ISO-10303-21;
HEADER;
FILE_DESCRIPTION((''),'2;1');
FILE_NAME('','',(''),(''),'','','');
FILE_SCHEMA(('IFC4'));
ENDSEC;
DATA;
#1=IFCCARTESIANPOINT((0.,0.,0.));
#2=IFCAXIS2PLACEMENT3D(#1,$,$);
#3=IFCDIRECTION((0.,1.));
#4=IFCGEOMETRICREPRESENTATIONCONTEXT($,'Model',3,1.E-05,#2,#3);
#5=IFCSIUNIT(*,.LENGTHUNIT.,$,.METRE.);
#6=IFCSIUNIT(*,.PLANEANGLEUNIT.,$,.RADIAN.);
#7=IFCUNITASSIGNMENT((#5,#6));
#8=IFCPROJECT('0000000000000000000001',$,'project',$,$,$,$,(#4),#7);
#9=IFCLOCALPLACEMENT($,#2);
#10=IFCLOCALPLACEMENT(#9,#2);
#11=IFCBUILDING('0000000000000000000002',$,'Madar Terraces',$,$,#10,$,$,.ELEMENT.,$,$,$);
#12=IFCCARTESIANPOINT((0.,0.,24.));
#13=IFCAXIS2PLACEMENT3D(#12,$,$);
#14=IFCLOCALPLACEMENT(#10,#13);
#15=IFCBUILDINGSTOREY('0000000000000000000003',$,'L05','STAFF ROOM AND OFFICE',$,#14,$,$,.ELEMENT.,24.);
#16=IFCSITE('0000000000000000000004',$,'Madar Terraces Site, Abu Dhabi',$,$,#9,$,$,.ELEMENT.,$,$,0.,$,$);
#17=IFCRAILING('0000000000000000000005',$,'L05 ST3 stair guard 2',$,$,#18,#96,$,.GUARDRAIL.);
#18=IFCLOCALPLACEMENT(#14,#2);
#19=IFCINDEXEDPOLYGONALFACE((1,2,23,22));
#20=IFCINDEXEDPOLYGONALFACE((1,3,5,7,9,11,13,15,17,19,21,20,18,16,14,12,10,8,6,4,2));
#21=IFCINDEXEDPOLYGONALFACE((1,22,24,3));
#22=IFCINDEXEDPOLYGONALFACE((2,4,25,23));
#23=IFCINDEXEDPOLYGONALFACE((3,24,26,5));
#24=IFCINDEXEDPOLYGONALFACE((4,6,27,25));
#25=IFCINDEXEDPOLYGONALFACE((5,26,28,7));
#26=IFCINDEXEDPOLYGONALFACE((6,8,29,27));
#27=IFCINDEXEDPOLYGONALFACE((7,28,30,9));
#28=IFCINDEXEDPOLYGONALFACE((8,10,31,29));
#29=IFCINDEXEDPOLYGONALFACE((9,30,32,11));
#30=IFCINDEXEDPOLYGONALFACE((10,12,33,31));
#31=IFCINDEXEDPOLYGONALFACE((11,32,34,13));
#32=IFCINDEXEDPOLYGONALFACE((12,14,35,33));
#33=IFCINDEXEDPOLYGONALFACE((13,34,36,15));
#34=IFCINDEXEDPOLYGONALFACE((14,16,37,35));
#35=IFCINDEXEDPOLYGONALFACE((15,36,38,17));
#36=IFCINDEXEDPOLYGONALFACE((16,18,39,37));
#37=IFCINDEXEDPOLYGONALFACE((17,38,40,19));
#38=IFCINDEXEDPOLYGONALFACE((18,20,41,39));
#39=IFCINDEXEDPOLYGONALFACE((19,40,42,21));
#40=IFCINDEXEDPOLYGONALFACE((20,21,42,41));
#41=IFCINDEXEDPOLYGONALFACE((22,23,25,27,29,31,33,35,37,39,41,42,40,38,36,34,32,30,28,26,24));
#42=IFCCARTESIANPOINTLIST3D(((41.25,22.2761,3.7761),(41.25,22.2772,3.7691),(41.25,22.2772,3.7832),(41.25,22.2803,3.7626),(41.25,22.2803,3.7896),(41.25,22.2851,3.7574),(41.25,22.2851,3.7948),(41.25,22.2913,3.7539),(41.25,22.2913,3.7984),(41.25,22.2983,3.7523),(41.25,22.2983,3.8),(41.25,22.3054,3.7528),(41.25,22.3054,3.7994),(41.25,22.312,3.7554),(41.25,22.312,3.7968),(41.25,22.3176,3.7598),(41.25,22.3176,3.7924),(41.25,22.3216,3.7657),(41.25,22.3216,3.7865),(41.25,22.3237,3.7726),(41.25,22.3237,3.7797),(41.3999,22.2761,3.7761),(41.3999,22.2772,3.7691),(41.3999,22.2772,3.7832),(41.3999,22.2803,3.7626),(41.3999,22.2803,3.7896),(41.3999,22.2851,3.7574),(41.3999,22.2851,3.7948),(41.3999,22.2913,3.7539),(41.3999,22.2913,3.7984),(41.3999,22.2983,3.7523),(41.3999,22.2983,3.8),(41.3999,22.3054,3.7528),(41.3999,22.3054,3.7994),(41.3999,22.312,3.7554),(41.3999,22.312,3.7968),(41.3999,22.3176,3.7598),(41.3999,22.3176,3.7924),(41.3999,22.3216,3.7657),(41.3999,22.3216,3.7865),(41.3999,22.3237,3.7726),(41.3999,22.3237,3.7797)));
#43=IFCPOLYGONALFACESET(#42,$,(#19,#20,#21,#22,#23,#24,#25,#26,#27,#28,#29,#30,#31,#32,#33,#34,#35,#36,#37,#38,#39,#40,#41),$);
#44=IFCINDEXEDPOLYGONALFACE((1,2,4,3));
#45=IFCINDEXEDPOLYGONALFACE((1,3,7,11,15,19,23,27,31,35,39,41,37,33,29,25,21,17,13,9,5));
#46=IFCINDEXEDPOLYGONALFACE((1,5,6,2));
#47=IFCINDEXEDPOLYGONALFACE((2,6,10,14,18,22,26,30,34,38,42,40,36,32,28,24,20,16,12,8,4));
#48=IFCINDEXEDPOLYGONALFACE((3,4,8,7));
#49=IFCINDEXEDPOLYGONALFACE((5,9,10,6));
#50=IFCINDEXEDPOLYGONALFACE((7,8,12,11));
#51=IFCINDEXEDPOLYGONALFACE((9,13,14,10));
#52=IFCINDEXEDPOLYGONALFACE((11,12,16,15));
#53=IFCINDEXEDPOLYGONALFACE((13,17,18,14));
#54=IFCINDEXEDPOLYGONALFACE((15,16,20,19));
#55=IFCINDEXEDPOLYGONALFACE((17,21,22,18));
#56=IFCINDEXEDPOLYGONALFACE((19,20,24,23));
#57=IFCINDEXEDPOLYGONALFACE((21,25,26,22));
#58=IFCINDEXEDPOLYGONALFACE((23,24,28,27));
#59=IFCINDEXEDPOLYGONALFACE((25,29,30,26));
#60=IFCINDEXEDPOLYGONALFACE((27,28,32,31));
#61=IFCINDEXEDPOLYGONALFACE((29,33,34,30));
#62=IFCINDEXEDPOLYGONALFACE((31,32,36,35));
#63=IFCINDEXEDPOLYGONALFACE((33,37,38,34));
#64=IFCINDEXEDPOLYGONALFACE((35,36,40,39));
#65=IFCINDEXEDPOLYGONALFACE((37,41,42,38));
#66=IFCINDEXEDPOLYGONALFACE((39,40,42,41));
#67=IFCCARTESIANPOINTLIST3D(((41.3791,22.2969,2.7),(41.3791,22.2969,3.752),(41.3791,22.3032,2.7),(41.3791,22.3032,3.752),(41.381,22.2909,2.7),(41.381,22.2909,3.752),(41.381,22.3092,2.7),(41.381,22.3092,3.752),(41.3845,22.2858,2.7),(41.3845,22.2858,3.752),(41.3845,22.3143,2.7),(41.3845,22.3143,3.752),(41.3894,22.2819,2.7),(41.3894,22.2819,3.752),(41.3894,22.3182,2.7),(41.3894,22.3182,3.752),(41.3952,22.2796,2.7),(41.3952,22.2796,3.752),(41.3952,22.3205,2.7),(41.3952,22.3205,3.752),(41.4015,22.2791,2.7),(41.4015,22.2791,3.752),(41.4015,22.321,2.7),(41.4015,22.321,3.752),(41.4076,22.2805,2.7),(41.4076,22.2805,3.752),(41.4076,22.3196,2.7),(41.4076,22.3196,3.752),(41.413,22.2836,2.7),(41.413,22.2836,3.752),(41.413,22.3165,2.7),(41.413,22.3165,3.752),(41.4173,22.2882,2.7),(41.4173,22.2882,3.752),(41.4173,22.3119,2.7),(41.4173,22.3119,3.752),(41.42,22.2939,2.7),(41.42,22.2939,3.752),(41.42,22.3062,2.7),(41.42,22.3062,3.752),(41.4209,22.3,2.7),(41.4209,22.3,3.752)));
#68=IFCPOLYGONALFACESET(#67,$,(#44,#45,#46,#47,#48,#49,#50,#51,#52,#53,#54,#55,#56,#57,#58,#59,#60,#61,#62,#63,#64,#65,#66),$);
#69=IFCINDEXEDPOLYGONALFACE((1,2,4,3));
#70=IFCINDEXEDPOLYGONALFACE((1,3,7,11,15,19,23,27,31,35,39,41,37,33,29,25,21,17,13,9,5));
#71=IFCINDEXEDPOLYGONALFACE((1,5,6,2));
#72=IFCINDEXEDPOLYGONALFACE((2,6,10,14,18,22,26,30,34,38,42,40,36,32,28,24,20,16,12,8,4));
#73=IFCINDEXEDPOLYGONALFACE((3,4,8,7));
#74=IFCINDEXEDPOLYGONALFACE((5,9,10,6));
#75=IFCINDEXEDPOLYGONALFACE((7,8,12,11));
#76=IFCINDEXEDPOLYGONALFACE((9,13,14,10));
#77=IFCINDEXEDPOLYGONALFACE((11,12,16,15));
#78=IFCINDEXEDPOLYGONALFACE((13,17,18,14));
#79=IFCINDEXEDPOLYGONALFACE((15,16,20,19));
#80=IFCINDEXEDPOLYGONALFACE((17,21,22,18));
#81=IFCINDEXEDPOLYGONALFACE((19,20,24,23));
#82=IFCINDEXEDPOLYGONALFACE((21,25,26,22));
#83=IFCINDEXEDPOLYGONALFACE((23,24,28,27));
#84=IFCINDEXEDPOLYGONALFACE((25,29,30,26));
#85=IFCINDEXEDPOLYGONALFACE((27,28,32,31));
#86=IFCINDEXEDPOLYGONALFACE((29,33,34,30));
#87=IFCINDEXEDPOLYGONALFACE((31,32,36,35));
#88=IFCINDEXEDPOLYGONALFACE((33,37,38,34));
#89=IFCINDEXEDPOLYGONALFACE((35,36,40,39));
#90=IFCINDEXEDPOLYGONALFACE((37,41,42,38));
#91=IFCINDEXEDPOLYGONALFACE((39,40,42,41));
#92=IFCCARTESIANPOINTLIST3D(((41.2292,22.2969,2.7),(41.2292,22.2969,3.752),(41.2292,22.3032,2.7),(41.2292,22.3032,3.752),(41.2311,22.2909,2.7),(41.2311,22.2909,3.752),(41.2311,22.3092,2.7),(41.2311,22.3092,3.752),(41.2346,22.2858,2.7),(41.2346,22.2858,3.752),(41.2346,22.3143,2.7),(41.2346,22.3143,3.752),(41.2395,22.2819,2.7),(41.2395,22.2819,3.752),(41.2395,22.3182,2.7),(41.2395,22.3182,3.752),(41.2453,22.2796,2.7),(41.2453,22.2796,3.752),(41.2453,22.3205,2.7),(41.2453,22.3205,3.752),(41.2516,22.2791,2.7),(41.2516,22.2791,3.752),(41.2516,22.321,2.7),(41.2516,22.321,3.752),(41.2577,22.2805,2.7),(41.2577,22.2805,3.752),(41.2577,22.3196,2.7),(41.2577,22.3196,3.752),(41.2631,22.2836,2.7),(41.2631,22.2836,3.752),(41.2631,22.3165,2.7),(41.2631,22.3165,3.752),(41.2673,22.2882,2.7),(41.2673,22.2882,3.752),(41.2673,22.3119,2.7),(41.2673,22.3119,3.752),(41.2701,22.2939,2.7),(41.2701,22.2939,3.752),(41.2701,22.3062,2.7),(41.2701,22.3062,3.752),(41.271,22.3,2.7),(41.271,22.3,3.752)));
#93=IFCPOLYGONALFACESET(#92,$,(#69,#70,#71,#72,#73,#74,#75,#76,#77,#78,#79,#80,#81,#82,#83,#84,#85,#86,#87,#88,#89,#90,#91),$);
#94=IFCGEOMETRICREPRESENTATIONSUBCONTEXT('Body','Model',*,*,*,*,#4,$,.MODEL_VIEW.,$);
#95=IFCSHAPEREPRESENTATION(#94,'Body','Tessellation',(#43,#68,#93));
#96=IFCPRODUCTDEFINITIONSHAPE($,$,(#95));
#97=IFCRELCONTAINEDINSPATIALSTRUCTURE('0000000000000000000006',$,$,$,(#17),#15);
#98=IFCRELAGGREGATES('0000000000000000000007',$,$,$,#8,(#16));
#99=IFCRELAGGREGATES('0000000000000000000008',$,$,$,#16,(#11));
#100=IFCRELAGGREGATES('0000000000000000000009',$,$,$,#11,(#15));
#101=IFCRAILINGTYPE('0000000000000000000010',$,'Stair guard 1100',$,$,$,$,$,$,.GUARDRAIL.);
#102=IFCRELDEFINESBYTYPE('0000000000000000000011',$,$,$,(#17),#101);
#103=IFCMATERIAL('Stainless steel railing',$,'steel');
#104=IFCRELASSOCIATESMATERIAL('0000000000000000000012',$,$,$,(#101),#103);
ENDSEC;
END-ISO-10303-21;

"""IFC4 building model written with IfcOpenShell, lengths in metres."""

from ifc_helpers import new_model, si_unit, direction, frame, origin, origin_2d, place, context, subcontext, project, spatial, circle, extrude, material, type_object, element, save


model = new_model("IFC4")

# Units and contexts
model_context = context("Model", 3, precision=1e-05, world=origin(), true_north=direction((0.0, 1.0)))
body_context = subcontext(model_context, "Body", "Model", "MODEL_VIEW")
ifc_project = project(units=[si_unit("LENGTHUNIT", "METRE"), si_unit("PLANEANGLEUNIT", "RADIAN")], contexts=[model_context])

# Site, building, storey
site_placement = place(None, origin())
site = spatial("IfcSite", under=ifc_project, at=site_placement, Name="Madar Terraces Site, Abu Dhabi", CompositionType="ELEMENT", RefElevation=0.0)
building_placement = place(site_placement, origin())
building = spatial("IfcBuilding", under=site, at=building_placement, Name="Madar Terraces", CompositionType="ELEMENT")
storey_placement = place(building_placement, frame((0.0, 0.0, 24.0)))
storey = spatial("IfcBuildingStorey", under=building, at=storey_placement, Name="L05", Description="STAFF ROOM AND OFFICE", CompositionType="ELEMENT", Elevation=24.0)

# Railing
ifc_material_1 = material(Name="Stainless steel railing", Category="steel")
railing_type_1 = type_object("IfcRailingType", Name="Stair guard 1100", PredefinedType="GUARDRAIL", material=ifc_material_1)
railing_1_placement = place(storey_placement, frame((41.3999, 22.3, 2.7)))
element("IfcRailing", 1, at=railing_1_placement, inside=storey, type_object=railing_type_1, Name="L05 ST3 stair guard 2", PredefinedType="GUARDRAIL", context=body_context, shape_type="SweptSolid", body=[
    extrude(circle(Radius=0.0239, at=origin_2d()), frame((0.0, 0.0, 1.0762), z_axis=(-1.0, 0.0, 0.0), x_axis=(0.0, -1.0, 0.0)), (0.0, 0.0, 1.0), 0.1499),
    extrude(circle(Radius=0.021, at=origin_2d()), origin(), (0.0, 0.0, 1.0), 1.052),
    extrude(circle(Radius=0.021, at=origin_2d()), frame((-0.1499, 0.0, 0.0)), (0.0, 0.0, 1.0), 1.052),
])

save(model, "model.ifc")
